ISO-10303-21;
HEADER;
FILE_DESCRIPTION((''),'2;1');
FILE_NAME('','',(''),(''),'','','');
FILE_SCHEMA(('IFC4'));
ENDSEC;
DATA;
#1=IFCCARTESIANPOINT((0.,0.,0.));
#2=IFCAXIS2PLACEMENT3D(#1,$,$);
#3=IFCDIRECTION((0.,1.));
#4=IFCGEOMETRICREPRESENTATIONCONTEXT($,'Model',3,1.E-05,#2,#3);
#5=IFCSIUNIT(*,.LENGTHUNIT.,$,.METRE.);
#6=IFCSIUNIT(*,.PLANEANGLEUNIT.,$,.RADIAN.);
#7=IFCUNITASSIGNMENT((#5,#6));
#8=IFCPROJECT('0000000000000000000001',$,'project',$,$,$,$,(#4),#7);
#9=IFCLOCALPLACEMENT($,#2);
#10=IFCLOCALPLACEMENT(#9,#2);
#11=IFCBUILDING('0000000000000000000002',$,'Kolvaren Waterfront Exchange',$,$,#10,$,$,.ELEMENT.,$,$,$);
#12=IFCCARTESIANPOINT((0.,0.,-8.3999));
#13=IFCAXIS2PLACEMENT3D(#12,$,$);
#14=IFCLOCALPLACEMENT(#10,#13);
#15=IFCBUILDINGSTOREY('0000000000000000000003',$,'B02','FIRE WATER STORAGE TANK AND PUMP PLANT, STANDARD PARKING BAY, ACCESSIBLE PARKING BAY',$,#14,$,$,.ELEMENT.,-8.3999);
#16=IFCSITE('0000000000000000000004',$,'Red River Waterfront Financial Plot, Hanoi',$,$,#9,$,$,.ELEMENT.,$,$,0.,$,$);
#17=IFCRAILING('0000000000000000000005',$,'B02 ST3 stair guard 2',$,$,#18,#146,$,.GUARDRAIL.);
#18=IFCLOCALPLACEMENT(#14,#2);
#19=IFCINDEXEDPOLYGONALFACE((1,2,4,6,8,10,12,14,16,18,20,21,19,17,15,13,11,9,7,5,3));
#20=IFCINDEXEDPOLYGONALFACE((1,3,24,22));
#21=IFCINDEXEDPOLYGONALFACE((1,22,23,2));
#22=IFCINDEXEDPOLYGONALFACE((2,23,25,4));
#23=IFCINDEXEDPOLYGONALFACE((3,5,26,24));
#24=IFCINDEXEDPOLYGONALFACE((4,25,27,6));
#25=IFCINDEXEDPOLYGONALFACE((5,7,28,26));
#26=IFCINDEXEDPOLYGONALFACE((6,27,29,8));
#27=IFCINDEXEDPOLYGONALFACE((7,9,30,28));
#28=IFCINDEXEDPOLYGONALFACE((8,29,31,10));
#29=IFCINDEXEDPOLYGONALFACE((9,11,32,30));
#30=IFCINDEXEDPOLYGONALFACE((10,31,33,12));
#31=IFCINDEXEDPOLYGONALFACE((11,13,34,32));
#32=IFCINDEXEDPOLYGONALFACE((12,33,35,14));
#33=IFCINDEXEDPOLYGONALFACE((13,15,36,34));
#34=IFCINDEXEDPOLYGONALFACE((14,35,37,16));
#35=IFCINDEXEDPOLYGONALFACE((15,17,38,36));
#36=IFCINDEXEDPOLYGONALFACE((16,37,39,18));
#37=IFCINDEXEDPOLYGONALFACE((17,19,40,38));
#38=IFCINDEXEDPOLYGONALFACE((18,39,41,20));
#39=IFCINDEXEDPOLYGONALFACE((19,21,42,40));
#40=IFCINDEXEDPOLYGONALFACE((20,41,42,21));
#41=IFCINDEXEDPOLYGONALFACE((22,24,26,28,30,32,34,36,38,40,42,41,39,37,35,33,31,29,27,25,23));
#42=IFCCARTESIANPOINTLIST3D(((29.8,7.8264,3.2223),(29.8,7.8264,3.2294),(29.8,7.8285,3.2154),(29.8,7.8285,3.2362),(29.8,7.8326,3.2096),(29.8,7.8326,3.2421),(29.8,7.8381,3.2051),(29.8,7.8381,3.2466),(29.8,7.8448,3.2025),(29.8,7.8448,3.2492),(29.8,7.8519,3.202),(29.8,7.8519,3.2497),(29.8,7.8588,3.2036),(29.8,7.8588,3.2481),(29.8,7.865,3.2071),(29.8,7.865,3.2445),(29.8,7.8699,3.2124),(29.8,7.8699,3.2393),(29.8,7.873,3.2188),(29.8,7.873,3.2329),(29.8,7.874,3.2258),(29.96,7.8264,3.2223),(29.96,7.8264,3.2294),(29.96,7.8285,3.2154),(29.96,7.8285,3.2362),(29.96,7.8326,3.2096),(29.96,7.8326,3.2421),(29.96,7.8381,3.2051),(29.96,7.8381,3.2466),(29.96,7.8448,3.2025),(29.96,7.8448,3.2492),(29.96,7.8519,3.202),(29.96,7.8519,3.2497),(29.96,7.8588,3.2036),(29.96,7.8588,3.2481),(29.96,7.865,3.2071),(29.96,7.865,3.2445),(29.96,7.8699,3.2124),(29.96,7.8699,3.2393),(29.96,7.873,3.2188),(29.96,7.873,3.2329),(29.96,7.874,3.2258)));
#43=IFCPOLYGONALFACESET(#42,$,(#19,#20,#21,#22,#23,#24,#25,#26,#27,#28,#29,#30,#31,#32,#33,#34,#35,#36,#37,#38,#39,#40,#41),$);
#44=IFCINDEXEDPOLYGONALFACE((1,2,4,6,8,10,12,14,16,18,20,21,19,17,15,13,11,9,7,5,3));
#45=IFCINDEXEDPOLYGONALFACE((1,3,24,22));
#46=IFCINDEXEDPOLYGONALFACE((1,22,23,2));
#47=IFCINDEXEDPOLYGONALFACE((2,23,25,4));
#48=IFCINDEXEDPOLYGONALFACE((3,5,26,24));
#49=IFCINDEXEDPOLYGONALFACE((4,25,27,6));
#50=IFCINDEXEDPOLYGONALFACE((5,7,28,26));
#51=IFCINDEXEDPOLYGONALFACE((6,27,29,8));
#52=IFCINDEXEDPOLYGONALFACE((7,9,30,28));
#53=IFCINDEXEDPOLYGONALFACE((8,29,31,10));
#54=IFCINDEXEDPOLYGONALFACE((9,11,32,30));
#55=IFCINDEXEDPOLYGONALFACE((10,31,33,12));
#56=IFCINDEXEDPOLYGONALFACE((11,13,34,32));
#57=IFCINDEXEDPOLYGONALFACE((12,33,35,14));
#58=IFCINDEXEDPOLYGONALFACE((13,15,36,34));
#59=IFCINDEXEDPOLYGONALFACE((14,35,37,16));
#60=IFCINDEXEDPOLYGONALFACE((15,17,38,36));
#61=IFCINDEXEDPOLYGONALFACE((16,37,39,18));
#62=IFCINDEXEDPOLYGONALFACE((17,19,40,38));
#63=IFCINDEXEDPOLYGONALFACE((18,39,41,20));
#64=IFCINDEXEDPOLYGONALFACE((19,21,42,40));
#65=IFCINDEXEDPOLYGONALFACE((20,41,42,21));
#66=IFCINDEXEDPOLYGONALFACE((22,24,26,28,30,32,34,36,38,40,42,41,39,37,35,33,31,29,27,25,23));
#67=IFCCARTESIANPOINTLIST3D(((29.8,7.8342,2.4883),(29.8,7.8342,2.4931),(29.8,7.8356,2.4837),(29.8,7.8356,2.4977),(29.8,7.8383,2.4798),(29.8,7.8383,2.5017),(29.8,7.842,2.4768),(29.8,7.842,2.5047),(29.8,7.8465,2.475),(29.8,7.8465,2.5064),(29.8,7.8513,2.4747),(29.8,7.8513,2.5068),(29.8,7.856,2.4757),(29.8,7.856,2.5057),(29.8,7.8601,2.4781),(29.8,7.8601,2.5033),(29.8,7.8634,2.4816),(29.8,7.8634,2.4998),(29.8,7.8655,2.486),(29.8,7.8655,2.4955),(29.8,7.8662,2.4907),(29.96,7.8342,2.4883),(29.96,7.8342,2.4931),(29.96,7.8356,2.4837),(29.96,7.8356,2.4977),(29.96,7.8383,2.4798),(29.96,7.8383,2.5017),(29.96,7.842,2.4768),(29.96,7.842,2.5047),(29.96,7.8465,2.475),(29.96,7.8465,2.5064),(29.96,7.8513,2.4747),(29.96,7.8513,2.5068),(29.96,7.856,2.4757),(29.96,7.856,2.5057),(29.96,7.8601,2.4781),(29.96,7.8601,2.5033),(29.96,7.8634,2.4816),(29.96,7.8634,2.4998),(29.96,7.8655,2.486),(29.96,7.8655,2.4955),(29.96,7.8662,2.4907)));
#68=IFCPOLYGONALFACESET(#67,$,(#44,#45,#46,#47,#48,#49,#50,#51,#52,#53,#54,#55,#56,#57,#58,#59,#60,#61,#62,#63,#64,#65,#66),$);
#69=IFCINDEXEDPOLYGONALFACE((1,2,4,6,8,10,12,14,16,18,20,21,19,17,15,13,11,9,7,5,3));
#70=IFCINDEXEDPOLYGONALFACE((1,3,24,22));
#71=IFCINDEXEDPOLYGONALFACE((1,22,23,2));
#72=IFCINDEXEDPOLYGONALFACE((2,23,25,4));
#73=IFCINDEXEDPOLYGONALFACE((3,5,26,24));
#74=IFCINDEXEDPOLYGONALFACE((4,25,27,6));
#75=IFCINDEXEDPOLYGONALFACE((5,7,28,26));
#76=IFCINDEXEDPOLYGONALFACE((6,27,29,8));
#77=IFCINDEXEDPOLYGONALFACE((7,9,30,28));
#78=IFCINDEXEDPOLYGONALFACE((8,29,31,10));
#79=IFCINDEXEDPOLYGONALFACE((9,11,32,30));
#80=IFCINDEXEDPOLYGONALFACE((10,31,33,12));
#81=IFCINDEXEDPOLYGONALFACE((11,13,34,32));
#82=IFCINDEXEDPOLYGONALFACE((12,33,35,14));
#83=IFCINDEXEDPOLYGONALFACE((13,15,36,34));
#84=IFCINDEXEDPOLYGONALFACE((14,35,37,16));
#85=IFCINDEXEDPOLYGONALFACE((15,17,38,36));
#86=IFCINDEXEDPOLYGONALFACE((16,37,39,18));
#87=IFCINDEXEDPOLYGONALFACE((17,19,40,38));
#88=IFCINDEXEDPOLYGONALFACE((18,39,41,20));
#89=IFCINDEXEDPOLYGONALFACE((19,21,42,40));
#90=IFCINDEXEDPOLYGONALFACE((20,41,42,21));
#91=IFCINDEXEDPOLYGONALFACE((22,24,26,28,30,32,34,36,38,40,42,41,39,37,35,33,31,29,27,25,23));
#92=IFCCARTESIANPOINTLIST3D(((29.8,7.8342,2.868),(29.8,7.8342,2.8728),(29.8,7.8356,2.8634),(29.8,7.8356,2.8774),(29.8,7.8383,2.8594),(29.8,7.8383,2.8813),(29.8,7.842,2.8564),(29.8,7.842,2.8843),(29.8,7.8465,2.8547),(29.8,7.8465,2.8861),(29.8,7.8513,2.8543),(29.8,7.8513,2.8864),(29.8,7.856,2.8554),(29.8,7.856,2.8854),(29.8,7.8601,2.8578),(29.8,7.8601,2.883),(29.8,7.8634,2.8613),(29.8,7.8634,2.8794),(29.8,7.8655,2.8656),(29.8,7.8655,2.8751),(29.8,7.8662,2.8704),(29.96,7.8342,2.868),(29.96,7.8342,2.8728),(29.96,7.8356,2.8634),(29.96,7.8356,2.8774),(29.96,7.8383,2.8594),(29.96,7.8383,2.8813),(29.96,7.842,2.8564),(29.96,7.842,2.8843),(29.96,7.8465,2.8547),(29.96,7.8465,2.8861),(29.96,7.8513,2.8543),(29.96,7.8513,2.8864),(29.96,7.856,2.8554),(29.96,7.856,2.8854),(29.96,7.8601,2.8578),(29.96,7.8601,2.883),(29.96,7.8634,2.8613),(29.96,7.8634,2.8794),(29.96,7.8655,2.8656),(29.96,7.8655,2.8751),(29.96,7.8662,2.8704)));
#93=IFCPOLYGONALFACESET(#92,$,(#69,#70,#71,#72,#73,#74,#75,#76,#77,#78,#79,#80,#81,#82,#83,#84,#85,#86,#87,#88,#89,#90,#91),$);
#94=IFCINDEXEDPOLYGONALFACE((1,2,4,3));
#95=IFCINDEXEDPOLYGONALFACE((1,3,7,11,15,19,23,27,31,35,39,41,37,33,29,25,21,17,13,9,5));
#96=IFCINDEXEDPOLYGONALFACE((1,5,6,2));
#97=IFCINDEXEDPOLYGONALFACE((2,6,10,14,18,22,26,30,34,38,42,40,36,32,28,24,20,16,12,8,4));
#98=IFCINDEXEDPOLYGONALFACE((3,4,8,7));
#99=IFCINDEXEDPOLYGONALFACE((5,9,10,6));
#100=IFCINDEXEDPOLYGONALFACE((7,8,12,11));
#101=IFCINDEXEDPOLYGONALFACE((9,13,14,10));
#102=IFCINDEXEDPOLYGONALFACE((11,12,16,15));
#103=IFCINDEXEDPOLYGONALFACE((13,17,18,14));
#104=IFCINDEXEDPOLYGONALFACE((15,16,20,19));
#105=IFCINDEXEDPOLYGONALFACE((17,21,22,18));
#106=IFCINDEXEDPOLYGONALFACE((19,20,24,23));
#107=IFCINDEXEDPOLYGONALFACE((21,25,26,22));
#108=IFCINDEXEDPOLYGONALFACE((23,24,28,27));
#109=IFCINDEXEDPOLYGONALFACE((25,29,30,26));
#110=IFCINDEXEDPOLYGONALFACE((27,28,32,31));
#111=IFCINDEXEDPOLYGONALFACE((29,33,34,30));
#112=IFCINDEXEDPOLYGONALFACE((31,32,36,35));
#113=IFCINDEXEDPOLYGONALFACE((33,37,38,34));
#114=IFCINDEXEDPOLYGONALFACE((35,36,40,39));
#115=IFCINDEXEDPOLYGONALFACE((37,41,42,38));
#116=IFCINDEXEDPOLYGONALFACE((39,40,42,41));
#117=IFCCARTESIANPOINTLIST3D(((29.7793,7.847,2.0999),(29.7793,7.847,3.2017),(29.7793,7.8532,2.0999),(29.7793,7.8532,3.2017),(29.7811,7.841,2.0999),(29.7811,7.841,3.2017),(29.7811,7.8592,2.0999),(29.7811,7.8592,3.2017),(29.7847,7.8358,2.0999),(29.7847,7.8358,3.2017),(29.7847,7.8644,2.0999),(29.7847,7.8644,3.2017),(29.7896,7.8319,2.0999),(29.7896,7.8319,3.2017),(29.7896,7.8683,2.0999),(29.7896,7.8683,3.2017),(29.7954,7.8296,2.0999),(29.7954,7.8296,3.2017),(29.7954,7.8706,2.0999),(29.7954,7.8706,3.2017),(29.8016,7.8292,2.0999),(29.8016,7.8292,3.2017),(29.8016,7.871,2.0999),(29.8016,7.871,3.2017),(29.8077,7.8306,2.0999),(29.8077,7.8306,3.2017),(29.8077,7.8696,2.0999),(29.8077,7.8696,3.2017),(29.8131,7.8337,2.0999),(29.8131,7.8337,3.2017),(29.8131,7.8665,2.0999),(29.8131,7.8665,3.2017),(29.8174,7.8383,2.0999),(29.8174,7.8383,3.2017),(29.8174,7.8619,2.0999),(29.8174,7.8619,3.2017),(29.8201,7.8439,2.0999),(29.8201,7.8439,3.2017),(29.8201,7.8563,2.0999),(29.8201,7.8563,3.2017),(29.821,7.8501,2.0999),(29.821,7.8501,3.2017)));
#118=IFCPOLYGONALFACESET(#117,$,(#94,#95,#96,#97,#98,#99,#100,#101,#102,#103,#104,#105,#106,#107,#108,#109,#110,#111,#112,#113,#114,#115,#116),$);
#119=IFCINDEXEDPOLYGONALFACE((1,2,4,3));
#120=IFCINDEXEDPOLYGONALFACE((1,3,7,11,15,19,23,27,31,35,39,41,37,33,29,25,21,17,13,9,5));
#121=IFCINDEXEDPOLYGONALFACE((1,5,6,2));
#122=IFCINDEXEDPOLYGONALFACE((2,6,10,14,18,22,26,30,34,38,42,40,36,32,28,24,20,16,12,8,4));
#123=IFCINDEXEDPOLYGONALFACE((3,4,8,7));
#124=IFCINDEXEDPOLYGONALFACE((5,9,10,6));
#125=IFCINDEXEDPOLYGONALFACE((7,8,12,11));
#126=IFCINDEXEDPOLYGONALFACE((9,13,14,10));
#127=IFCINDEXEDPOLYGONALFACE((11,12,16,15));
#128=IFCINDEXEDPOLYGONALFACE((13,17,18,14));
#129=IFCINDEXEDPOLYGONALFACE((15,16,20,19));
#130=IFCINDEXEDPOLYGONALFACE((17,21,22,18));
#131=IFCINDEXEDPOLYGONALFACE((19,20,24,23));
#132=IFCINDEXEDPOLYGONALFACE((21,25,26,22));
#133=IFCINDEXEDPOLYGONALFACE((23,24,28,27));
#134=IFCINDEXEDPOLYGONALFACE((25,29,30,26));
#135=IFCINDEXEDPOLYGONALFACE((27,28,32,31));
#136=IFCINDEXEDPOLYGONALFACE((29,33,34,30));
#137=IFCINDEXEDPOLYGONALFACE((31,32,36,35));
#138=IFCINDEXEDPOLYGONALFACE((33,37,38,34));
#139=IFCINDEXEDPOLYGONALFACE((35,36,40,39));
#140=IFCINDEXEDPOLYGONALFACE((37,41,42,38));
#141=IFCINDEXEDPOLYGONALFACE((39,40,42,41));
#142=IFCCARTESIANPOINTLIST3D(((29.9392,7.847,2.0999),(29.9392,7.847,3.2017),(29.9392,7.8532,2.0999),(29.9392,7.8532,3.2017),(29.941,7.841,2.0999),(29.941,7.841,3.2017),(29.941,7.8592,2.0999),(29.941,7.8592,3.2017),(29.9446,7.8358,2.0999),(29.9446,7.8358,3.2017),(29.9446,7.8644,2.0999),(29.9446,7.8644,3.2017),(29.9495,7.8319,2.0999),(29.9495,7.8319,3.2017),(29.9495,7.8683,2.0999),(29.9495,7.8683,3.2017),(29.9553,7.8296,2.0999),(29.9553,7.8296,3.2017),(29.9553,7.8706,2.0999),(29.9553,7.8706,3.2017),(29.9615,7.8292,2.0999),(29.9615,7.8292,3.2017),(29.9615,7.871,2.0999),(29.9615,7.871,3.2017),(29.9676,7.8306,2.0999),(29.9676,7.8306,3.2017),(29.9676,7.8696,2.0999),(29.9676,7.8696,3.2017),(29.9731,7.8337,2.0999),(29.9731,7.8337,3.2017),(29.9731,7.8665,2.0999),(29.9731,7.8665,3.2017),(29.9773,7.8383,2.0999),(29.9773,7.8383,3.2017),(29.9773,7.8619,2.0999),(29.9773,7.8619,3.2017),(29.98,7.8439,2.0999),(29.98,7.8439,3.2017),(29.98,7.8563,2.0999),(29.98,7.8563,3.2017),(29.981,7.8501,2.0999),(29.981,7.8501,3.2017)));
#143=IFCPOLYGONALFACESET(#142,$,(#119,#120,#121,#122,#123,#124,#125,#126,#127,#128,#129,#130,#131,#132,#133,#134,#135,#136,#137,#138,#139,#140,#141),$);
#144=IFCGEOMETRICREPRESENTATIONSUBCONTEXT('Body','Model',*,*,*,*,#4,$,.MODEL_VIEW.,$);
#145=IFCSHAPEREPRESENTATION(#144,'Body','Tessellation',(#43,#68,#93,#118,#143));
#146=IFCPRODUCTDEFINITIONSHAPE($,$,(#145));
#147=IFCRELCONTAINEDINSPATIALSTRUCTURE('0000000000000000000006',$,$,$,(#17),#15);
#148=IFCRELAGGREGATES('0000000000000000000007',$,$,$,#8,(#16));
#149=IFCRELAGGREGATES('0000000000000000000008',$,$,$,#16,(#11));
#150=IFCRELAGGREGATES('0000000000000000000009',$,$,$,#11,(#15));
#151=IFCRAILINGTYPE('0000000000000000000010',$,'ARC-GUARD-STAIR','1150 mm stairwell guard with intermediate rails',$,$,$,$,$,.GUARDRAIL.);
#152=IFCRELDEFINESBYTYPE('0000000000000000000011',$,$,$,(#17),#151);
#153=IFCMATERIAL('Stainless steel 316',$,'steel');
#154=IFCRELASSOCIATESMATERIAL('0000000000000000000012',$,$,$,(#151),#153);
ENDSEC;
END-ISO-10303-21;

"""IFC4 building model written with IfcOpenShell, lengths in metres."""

from ifc_helpers import new_model, si_unit, direction, frame, origin, origin_2d, place, context, subcontext, project, spatial, circle, extrude, material, type_object, element, save


model = new_model("IFC4")

# Units and contexts
model_context = context("Model", 3, precision=1e-05, world=origin(), true_north=direction((0.0, 1.0)))
body_context = subcontext(model_context, "Body", "Model", "MODEL_VIEW")
ifc_project = project(units=[si_unit("LENGTHUNIT", "METRE"), si_unit("PLANEANGLEUNIT", "RADIAN")], contexts=[model_context])

# Site, building, storey
site_placement = place(None, origin())
site = spatial("IfcSite", under=ifc_project, at=site_placement, Name="Red River Waterfront Financial Plot, Hanoi", CompositionType="ELEMENT", RefElevation=0.0)
building_placement = place(site_placement, origin())
building = spatial("IfcBuilding", under=site, at=building_placement, Name="Kolvaren Waterfront Exchange", CompositionType="ELEMENT")
storey_placement = place(building_placement, frame((0.0, 0.0, -8.3999)))
storey = spatial("IfcBuildingStorey", under=building, at=storey_placement, Name="B02", Description="FIRE WATER STORAGE TANK AND PUMP PLANT, STANDARD PARKING BAY, ACCESSIBLE PARKING BAY", CompositionType="ELEMENT", Elevation=-8.3999)

# Railing
ifc_material_1 = material(Name="Stainless steel 316", Category="steel")
railing_type_1 = type_object("IfcRailingType", Name="ARC-GUARD-STAIR", Description="1150 mm stairwell guard with intermediate rails", PredefinedType="GUARDRAIL", material=ifc_material_1)
railing_1_placement = place(storey_placement, frame((29.8, 7.8501, 2.0999)))
element("IfcRailing", 1, at=railing_1_placement, inside=storey, type_object=railing_type_1, Name="B02 ST3 stair guard 2", PredefinedType="GUARDRAIL", context=body_context, shape_type="SweptSolid", body=[
    extrude(circle(Radius=0.0239, at=origin_2d()), frame((0.0, 0.0, 1.126), z_axis=(1.0, 0.0, 0.0), x_axis=(0.0, 1.0, 0.0)), (0.0, 0.0, 1.0), 0.1599),
    extrude(circle(Radius=0.0161, at=origin_2d()), frame((0.0, 0.0, 0.3909), z_axis=(1.0, 0.0, 0.0), x_axis=(0.0, 1.0, 0.0)), (0.0, 0.0, 1.0), 0.1599),
    extrude(circle(Radius=0.0161, at=origin_2d()), frame((0.0, 0.0, 0.7705), z_axis=(1.0, 0.0, 0.0), x_axis=(0.0, 1.0, 0.0)), (0.0, 0.0, 1.0), 0.1599),
    extrude(circle(Radius=0.021, at=origin_2d()), origin(), (0.0, 0.0, 1.0), 1.1018),
    extrude(circle(Radius=0.021, at=origin_2d()), frame((0.1599, 0.0, 0.0)), (0.0, 0.0, 1.0), 1.1018),
])

save(model, "model.ifc")
